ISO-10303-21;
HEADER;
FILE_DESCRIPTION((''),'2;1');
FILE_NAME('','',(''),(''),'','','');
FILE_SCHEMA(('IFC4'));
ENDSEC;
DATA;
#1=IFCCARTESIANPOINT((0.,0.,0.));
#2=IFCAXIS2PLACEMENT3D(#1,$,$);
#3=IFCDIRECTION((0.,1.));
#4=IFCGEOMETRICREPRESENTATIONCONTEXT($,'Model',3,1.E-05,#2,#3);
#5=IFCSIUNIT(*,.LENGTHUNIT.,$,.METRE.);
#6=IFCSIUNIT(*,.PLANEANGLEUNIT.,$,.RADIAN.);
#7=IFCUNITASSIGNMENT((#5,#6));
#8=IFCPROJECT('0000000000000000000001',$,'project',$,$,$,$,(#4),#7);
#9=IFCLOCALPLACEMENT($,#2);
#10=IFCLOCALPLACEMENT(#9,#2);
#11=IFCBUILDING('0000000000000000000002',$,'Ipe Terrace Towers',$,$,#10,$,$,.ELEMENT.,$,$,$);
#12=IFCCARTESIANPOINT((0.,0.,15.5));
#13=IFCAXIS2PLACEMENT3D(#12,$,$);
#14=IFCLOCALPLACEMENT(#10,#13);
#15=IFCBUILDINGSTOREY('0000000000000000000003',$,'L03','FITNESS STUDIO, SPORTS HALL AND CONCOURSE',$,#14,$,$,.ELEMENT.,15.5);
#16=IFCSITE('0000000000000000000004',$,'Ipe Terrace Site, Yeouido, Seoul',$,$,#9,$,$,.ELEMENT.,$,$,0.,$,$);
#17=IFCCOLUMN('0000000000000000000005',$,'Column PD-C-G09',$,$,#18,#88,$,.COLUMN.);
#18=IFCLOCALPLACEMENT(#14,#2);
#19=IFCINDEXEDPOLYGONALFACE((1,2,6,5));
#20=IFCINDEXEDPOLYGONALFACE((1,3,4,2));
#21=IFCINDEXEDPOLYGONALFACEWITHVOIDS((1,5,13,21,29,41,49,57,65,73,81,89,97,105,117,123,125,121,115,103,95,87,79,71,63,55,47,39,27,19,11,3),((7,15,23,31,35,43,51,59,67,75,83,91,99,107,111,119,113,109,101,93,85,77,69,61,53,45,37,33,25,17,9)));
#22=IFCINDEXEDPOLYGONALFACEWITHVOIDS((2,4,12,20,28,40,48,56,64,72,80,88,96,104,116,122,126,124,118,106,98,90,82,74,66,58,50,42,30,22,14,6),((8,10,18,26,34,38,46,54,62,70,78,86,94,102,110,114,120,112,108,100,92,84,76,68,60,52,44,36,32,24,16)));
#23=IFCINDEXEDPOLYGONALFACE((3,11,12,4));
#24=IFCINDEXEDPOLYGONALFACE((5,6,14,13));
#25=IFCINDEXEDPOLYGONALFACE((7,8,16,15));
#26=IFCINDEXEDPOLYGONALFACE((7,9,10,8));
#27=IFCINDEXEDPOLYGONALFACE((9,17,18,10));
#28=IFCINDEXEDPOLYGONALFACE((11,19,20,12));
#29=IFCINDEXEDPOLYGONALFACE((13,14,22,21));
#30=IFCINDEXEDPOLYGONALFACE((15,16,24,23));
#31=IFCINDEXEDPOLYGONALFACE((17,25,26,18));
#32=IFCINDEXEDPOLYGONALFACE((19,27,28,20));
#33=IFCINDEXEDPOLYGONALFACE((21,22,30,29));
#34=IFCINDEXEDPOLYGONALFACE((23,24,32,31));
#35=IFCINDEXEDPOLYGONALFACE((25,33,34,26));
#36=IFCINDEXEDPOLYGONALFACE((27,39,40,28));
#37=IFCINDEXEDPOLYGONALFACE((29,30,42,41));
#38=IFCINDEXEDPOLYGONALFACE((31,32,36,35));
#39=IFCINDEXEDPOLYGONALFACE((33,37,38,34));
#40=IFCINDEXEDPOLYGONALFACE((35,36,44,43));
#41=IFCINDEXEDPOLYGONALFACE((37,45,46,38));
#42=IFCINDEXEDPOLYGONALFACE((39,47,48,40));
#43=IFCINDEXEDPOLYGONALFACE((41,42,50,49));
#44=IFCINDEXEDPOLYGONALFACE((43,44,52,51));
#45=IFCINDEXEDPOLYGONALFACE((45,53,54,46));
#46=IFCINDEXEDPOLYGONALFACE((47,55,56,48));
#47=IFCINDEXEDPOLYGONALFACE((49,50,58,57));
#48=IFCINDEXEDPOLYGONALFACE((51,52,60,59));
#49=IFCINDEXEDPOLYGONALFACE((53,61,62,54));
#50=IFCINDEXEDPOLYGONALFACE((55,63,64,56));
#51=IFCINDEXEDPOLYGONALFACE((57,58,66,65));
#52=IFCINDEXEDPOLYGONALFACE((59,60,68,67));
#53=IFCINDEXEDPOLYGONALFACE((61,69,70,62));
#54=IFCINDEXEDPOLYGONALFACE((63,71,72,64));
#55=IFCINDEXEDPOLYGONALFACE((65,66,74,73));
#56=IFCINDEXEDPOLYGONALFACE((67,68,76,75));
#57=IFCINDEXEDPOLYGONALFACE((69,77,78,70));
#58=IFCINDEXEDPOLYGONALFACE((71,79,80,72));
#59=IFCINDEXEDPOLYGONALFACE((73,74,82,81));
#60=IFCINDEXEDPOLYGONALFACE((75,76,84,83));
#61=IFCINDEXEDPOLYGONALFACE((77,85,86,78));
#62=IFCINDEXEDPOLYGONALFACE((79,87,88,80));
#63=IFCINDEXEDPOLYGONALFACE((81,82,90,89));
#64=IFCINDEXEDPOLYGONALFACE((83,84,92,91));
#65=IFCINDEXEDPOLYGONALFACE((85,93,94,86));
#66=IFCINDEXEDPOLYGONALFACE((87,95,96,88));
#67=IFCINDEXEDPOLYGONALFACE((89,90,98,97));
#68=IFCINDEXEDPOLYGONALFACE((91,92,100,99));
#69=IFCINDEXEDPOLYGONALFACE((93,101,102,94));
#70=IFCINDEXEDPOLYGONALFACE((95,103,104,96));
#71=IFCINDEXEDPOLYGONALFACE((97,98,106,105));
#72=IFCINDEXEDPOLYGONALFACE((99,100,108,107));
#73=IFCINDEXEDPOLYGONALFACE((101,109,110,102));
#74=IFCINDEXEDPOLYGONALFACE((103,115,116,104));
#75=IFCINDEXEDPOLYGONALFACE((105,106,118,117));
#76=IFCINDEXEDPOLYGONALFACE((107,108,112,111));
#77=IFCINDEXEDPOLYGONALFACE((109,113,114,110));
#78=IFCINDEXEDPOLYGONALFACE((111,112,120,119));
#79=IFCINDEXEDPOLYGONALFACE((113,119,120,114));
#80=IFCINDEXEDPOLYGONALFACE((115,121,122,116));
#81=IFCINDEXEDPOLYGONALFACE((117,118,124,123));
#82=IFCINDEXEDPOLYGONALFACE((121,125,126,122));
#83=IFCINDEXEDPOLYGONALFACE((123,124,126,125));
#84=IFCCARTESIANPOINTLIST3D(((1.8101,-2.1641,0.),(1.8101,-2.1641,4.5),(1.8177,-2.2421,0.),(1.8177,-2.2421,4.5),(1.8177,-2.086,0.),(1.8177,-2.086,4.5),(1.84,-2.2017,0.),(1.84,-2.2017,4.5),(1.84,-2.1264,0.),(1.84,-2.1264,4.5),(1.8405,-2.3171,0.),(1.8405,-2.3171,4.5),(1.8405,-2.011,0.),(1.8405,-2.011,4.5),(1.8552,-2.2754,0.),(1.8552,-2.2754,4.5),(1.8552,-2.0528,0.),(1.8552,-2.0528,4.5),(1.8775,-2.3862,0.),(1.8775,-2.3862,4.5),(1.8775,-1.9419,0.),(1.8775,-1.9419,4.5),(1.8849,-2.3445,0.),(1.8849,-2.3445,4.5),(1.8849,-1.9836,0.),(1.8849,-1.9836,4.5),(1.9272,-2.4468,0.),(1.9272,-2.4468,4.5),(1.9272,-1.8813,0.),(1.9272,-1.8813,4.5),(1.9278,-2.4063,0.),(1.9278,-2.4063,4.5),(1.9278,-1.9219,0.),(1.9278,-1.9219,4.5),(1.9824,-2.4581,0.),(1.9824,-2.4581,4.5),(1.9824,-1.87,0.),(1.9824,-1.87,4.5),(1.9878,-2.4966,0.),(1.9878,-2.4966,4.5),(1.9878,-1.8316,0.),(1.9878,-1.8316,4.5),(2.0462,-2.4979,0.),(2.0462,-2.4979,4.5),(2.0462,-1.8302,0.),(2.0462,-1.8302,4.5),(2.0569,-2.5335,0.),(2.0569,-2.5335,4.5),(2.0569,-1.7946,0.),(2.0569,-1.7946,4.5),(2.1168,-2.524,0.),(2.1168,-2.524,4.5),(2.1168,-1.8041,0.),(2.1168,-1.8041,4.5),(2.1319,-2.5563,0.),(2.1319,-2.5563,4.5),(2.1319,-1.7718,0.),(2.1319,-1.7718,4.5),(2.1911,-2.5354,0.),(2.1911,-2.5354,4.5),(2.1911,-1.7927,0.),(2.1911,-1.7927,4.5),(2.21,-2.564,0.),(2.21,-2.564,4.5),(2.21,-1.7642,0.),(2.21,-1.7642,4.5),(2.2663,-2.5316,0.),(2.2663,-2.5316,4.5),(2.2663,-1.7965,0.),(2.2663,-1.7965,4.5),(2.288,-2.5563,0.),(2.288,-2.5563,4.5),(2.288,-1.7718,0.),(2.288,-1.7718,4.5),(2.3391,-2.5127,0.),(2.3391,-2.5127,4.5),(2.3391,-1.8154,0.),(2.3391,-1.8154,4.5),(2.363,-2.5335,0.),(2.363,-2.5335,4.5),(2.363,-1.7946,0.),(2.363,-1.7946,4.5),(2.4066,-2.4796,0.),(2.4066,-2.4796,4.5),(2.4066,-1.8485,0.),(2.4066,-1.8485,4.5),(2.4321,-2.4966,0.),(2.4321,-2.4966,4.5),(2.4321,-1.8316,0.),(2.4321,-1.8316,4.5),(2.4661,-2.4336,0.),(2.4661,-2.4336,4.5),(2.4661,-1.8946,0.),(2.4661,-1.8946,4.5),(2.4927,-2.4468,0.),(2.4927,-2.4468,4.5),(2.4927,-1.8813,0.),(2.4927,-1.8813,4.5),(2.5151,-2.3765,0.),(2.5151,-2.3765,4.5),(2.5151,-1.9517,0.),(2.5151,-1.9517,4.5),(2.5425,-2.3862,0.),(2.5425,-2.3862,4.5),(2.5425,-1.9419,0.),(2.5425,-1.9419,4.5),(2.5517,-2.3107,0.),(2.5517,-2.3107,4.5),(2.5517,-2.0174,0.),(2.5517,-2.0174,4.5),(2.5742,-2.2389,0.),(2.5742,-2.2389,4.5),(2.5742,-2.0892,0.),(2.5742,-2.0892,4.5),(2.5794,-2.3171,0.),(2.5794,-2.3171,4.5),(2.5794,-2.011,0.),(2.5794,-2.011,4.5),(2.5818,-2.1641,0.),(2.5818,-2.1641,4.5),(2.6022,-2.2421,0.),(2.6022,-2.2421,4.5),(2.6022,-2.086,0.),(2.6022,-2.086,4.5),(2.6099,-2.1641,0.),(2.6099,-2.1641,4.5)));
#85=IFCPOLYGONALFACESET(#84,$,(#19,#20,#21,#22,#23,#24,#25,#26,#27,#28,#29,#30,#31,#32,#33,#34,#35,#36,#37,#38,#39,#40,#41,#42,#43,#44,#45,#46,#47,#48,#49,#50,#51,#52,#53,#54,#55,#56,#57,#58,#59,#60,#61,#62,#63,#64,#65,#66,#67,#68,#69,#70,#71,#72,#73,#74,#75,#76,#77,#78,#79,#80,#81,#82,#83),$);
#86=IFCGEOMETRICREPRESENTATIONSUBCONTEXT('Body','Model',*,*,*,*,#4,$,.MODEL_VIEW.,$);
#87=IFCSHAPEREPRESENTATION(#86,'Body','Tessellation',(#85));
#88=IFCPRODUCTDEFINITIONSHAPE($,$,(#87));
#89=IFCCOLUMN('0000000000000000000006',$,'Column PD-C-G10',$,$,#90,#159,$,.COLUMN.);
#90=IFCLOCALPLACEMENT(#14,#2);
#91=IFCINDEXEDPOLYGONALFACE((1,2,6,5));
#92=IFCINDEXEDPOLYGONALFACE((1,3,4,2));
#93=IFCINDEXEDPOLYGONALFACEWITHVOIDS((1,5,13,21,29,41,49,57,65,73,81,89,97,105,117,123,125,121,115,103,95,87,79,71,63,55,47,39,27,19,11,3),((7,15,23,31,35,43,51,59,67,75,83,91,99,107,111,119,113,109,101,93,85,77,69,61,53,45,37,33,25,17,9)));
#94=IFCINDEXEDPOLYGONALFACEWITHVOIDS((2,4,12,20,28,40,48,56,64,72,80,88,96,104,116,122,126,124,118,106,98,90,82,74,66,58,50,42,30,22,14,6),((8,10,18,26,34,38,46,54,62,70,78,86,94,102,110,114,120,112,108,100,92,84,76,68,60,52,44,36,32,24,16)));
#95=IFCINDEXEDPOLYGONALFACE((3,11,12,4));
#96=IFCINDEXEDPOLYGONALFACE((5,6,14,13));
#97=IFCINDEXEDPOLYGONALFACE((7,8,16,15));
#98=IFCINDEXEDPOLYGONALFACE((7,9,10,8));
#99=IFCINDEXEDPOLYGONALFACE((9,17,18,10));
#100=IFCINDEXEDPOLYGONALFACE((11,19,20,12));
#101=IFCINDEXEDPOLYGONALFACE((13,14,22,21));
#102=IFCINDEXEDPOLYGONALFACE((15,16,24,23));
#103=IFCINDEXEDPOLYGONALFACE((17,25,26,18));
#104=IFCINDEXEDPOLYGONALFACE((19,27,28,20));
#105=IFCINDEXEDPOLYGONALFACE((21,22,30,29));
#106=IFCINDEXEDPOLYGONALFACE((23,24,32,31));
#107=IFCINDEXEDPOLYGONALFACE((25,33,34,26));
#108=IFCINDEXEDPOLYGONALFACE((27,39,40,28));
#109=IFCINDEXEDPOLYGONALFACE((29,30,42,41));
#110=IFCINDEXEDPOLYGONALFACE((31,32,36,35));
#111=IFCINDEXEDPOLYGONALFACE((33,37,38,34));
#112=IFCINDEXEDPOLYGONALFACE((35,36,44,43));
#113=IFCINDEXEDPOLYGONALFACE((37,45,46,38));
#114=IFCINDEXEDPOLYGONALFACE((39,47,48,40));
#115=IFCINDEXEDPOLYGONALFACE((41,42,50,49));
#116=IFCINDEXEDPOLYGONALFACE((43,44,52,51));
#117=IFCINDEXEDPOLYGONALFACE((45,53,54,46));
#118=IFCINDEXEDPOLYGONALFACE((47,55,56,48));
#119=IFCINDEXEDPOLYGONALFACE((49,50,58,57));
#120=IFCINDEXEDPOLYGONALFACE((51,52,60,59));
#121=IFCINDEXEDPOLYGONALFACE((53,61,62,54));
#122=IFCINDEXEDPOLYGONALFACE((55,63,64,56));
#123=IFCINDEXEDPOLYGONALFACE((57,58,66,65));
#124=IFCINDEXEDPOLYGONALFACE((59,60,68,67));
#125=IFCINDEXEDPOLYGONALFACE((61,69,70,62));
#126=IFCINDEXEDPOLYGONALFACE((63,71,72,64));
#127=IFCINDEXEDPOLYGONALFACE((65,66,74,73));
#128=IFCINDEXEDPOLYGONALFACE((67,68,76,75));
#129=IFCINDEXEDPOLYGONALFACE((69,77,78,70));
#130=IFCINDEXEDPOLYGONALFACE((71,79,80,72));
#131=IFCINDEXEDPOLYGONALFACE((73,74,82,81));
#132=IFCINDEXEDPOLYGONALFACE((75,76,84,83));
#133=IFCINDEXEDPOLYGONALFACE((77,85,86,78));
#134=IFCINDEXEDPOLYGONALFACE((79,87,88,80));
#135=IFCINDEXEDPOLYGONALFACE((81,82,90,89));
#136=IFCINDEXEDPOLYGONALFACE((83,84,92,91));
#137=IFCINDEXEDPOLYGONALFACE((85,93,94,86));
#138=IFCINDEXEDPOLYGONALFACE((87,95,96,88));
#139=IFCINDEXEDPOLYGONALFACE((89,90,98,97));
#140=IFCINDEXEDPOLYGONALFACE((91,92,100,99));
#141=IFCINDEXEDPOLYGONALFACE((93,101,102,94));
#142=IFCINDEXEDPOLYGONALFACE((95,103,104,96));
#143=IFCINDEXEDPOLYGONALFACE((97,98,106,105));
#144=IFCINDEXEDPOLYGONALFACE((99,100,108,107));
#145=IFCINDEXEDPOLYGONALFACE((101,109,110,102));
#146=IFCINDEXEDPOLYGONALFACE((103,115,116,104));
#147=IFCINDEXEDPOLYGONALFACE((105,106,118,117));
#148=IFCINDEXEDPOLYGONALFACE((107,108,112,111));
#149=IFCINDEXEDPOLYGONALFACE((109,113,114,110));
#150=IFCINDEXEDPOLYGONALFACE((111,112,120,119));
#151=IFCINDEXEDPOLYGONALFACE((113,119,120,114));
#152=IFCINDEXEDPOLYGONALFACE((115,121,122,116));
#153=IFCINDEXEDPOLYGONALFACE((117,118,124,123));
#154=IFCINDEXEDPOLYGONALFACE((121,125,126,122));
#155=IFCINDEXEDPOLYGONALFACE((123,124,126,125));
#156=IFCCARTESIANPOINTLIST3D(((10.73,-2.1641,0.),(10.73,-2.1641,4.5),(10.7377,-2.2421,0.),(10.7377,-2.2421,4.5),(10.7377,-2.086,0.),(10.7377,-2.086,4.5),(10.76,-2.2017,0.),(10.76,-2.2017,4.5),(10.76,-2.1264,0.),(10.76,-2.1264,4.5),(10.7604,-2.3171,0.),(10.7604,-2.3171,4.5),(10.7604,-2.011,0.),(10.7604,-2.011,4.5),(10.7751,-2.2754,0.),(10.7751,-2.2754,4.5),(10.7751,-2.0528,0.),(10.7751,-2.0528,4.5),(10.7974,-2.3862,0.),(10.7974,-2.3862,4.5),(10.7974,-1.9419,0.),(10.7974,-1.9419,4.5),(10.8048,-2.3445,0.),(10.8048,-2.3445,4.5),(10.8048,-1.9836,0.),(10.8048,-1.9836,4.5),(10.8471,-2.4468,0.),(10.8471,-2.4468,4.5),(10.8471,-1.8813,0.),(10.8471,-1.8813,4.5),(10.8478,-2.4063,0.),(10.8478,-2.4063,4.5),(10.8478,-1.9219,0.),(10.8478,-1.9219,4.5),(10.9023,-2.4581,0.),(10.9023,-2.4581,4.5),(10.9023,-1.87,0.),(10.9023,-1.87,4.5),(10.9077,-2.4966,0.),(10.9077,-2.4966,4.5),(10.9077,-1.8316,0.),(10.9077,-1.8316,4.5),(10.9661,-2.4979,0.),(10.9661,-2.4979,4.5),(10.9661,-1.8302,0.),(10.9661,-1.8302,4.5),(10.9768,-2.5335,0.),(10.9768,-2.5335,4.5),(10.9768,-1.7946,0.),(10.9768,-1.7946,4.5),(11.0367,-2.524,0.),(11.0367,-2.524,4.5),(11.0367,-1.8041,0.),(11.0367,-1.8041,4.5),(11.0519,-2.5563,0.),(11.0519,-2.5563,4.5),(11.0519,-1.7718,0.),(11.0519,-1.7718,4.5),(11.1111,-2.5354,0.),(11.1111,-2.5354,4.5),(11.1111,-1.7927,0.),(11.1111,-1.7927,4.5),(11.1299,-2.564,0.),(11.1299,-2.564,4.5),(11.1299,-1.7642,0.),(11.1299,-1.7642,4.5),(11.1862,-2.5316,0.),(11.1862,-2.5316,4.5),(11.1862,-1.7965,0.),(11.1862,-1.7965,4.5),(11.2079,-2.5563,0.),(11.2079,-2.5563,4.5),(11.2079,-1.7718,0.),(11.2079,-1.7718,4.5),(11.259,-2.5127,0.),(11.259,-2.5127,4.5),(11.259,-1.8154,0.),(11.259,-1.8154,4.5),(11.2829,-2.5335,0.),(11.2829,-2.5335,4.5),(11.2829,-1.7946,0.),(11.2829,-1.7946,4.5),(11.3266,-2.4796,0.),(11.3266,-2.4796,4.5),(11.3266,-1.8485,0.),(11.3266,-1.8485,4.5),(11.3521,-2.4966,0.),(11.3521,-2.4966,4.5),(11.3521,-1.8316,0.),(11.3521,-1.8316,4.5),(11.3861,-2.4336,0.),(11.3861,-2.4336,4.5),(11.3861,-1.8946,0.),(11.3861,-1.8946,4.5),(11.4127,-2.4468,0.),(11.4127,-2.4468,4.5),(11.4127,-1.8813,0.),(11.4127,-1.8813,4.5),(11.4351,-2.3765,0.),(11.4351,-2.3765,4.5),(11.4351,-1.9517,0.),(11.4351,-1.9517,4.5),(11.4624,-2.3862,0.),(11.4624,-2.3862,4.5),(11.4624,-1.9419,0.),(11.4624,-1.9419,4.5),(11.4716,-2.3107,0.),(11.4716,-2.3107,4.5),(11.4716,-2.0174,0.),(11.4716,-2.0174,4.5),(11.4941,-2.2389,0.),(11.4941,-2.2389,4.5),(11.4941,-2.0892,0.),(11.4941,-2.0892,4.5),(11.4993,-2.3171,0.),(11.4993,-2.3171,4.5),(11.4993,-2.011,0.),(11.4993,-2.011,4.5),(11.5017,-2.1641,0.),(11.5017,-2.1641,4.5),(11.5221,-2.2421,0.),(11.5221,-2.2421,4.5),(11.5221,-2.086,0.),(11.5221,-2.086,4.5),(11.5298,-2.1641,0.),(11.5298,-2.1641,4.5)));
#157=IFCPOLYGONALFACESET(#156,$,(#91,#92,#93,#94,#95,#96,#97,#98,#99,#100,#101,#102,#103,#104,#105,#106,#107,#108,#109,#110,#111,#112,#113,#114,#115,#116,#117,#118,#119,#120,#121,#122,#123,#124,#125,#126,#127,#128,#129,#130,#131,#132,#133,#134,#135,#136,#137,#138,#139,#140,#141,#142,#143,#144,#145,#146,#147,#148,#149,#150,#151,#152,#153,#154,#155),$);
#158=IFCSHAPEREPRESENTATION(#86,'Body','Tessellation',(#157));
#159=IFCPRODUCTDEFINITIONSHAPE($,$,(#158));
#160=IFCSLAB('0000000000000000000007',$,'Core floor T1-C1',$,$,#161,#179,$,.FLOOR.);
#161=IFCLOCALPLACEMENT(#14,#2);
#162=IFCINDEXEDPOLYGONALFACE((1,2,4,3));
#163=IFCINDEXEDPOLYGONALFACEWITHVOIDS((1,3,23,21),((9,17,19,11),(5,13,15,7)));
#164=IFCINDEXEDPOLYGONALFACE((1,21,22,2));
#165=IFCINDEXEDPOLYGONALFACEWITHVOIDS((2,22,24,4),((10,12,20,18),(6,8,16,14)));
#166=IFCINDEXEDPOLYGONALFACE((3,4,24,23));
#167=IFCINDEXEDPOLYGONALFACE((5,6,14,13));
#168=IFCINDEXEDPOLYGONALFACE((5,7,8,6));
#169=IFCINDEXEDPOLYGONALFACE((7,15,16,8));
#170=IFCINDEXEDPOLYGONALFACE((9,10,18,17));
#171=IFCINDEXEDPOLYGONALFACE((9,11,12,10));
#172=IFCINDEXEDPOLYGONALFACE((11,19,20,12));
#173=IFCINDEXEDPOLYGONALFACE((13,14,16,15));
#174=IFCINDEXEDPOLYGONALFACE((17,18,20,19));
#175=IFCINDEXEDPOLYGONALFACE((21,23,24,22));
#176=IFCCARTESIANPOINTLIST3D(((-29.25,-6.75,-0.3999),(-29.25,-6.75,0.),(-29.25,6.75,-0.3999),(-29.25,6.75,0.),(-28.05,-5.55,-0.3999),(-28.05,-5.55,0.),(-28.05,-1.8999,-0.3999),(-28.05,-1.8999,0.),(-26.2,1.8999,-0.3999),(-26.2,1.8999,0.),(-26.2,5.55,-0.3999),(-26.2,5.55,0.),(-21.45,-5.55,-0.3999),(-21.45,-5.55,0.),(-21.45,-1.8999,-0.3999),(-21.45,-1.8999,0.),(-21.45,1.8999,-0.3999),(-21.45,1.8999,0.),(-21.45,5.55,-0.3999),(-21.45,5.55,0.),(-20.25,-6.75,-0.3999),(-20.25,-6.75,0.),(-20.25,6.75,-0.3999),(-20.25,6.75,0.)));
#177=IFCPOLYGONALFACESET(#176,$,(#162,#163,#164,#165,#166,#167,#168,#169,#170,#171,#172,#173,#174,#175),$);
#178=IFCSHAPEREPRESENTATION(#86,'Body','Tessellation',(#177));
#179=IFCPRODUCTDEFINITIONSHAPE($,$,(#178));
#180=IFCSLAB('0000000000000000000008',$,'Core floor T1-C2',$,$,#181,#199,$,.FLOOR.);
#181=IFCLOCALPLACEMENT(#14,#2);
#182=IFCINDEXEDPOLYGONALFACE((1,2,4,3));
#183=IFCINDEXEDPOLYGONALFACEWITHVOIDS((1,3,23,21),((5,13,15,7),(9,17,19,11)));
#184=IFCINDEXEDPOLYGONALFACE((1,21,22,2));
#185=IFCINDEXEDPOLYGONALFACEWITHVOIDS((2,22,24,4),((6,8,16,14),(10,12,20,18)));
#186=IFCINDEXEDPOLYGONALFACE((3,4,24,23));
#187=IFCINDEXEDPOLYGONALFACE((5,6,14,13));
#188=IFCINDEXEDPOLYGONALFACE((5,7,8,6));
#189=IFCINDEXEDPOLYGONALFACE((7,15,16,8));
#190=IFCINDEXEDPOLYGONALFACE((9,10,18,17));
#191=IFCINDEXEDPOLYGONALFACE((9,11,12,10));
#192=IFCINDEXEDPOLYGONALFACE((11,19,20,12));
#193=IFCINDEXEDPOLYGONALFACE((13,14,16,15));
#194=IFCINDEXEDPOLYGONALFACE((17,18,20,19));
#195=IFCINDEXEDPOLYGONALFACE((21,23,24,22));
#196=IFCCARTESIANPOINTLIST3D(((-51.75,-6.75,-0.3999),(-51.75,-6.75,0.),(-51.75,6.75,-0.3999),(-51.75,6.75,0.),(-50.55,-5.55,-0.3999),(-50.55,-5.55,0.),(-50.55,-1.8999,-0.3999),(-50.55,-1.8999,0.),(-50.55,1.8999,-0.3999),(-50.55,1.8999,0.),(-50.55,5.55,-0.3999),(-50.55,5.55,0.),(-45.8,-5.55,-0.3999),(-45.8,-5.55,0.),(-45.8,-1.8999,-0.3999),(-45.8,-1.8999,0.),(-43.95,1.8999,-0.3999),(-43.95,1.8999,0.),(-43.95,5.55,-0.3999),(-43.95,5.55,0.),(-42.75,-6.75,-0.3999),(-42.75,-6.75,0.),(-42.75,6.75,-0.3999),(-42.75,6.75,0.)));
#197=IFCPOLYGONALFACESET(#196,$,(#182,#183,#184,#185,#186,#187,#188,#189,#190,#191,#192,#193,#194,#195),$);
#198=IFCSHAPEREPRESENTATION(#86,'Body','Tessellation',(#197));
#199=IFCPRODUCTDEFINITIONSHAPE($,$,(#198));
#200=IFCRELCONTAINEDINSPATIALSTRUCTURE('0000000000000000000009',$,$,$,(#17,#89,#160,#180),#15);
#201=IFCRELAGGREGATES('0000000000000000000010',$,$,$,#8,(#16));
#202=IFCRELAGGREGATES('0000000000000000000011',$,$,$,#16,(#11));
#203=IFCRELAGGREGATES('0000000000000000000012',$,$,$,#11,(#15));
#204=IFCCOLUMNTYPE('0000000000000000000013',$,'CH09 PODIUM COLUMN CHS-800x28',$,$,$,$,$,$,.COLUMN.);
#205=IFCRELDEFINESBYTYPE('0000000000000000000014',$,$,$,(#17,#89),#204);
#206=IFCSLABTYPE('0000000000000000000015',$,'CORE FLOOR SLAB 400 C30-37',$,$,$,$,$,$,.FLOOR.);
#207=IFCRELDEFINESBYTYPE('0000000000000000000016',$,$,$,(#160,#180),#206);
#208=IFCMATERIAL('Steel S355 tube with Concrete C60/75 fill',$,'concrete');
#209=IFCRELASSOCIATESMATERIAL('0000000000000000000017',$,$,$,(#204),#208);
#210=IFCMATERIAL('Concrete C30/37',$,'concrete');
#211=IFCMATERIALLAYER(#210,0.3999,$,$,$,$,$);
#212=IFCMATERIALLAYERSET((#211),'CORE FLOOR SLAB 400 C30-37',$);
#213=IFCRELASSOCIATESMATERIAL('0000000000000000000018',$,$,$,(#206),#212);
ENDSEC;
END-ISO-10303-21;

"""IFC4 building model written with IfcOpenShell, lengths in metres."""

from ifc_helpers import new_model, si_unit, direction, frame, origin, origin_2d, place, context, subcontext, project, spatial, polyline, hollow_circle, outline, extrude, material, layer, layer_set, material_profile, profile_set, type_object, element, save


model = new_model("IFC4")

# Units and contexts
model_context = context("Model", 3, precision=1e-05, world=origin(), true_north=direction((0.0, 1.0)))
body_context = subcontext(model_context, "Body", "Model", "MODEL_VIEW")
ifc_project = project(units=[si_unit("LENGTHUNIT", "METRE"), si_unit("PLANEANGLEUNIT", "RADIAN")], contexts=[model_context])

# Site, building, storey
site_placement = place(None, origin())
site = spatial("IfcSite", under=ifc_project, at=site_placement, Name="Ipe Terrace Site, Yeouido, Seoul", CompositionType="ELEMENT", RefElevation=0.0)
building_placement = place(site_placement, origin())
building = spatial("IfcBuilding", under=site, at=building_placement, Name="Ipe Terrace Towers", CompositionType="ELEMENT")
storey_placement = place(building_placement, frame((0.0, 0.0, 15.5)))
storey = spatial("IfcBuildingStorey", under=building, at=storey_placement, Name="L03", Description="FITNESS STUDIO, SPORTS HALL AND CONCOURSE", CompositionType="ELEMENT", Elevation=15.5)

# Columns
ifc_material_1 = material(Name="Steel S355 tube with Concrete C60/75 fill", Category="concrete")
ifc_material_profile = material_profile(ifc_material_1, hollow_circle(Radius=0.3999, WallThickness=0.0281, at=origin_2d()), Name="CHS-800x28")
ifc_profile_set = profile_set([ifc_material_profile], Name="Steel S355 tube with Concrete C60/75 fill")
column_type = type_object("IfcColumnType", Name="CH09 PODIUM COLUMN CHS-800x28", PredefinedType="COLUMN", material=ifc_profile_set)
for number, where, z_axis, x_axis, name in (
    (1, (2.21, -2.1641, 0.0), (0.0, 0.0, 1.0), (1.0, 0.0, 0.0), "Column PD-C-G09"),
    (2, (11.1299, -2.1641, 0.0), (0.0, 0.0, 1.0), (1.0, 0.0, 0.0), "Column PD-C-G10"),
):
    element("IfcColumn", number, at=place(storey_placement, frame(where, z_axis=z_axis, x_axis=x_axis)), inside=storey, type_object=column_type, Name=name, PredefinedType="COLUMN", context=body_context, shape_type="SweptSolid", body=[
        extrude(hollow_circle(Radius=0.3999, WallThickness=0.0281, at=origin_2d()), origin(), (0.0, 0.0, 1.0), 4.5),
    ])

# Slabs
ifc_material_2 = material(Name="Concrete C30/37", Category="concrete")
ifc_layer_1 = layer(ifc_material_2, 0.3999)
ifc_layer_set_1 = layer_set([ifc_layer_1], Name="CORE FLOOR SLAB 400 C30-37")
slab_type_1 = type_object("IfcSlabType", Name="CORE FLOOR SLAB 400 C30-37", PredefinedType="FLOOR", material=ifc_layer_set_1)
slab_1_placement = place(storey_placement, frame((0.0, 0.0, -0.3999)))
element("IfcSlab", 3, at=slab_1_placement, inside=storey, type_object=slab_type_1, Name="Core floor T1-C1", PredefinedType="FLOOR", context=body_context, shape_type="SweptSolid", body=[
    extrude(outline(polyline([(-29.25, -6.75), (-29.25, 6.75), (-20.25, 6.75), (-20.25, -6.75), (-29.25, -6.75)]), holes=[polyline([(-28.05, -5.55), (-21.45, -5.55), (-21.45, -1.8999), (-28.05, -1.8999), (-28.05, -5.55)]), polyline([(-26.2, 5.55), (-26.2, 1.8999), (-21.45, 1.8999), (-21.45, 5.55), (-26.2, 5.55)])]), origin(), (0.0, 0.0, 1.0), 0.3999),
])
slab_2_placement = place(storey_placement, frame((0.0, 0.0, -0.3999)))
element("IfcSlab", 4, at=slab_2_placement, inside=storey, type_object=slab_type_1, Name="Core floor T1-C2", PredefinedType="FLOOR", context=body_context, shape_type="SweptSolid", body=[
    extrude(outline(polyline([(-51.75, -6.75), (-51.75, 6.75), (-42.75, 6.75), (-42.75, -6.75), (-51.75, -6.75)]), holes=[polyline([(-45.8, -5.55), (-45.8, -1.8999), (-50.55, -1.8999), (-50.55, -5.55), (-45.8, -5.55)]), polyline([(-50.55, 1.8999), (-43.95, 1.8999), (-43.95, 5.55), (-50.55, 5.55), (-50.55, 1.8999)])]), origin(), (0.0, 0.0, 1.0), 0.3999),
])

save(model, "model.ifc")
